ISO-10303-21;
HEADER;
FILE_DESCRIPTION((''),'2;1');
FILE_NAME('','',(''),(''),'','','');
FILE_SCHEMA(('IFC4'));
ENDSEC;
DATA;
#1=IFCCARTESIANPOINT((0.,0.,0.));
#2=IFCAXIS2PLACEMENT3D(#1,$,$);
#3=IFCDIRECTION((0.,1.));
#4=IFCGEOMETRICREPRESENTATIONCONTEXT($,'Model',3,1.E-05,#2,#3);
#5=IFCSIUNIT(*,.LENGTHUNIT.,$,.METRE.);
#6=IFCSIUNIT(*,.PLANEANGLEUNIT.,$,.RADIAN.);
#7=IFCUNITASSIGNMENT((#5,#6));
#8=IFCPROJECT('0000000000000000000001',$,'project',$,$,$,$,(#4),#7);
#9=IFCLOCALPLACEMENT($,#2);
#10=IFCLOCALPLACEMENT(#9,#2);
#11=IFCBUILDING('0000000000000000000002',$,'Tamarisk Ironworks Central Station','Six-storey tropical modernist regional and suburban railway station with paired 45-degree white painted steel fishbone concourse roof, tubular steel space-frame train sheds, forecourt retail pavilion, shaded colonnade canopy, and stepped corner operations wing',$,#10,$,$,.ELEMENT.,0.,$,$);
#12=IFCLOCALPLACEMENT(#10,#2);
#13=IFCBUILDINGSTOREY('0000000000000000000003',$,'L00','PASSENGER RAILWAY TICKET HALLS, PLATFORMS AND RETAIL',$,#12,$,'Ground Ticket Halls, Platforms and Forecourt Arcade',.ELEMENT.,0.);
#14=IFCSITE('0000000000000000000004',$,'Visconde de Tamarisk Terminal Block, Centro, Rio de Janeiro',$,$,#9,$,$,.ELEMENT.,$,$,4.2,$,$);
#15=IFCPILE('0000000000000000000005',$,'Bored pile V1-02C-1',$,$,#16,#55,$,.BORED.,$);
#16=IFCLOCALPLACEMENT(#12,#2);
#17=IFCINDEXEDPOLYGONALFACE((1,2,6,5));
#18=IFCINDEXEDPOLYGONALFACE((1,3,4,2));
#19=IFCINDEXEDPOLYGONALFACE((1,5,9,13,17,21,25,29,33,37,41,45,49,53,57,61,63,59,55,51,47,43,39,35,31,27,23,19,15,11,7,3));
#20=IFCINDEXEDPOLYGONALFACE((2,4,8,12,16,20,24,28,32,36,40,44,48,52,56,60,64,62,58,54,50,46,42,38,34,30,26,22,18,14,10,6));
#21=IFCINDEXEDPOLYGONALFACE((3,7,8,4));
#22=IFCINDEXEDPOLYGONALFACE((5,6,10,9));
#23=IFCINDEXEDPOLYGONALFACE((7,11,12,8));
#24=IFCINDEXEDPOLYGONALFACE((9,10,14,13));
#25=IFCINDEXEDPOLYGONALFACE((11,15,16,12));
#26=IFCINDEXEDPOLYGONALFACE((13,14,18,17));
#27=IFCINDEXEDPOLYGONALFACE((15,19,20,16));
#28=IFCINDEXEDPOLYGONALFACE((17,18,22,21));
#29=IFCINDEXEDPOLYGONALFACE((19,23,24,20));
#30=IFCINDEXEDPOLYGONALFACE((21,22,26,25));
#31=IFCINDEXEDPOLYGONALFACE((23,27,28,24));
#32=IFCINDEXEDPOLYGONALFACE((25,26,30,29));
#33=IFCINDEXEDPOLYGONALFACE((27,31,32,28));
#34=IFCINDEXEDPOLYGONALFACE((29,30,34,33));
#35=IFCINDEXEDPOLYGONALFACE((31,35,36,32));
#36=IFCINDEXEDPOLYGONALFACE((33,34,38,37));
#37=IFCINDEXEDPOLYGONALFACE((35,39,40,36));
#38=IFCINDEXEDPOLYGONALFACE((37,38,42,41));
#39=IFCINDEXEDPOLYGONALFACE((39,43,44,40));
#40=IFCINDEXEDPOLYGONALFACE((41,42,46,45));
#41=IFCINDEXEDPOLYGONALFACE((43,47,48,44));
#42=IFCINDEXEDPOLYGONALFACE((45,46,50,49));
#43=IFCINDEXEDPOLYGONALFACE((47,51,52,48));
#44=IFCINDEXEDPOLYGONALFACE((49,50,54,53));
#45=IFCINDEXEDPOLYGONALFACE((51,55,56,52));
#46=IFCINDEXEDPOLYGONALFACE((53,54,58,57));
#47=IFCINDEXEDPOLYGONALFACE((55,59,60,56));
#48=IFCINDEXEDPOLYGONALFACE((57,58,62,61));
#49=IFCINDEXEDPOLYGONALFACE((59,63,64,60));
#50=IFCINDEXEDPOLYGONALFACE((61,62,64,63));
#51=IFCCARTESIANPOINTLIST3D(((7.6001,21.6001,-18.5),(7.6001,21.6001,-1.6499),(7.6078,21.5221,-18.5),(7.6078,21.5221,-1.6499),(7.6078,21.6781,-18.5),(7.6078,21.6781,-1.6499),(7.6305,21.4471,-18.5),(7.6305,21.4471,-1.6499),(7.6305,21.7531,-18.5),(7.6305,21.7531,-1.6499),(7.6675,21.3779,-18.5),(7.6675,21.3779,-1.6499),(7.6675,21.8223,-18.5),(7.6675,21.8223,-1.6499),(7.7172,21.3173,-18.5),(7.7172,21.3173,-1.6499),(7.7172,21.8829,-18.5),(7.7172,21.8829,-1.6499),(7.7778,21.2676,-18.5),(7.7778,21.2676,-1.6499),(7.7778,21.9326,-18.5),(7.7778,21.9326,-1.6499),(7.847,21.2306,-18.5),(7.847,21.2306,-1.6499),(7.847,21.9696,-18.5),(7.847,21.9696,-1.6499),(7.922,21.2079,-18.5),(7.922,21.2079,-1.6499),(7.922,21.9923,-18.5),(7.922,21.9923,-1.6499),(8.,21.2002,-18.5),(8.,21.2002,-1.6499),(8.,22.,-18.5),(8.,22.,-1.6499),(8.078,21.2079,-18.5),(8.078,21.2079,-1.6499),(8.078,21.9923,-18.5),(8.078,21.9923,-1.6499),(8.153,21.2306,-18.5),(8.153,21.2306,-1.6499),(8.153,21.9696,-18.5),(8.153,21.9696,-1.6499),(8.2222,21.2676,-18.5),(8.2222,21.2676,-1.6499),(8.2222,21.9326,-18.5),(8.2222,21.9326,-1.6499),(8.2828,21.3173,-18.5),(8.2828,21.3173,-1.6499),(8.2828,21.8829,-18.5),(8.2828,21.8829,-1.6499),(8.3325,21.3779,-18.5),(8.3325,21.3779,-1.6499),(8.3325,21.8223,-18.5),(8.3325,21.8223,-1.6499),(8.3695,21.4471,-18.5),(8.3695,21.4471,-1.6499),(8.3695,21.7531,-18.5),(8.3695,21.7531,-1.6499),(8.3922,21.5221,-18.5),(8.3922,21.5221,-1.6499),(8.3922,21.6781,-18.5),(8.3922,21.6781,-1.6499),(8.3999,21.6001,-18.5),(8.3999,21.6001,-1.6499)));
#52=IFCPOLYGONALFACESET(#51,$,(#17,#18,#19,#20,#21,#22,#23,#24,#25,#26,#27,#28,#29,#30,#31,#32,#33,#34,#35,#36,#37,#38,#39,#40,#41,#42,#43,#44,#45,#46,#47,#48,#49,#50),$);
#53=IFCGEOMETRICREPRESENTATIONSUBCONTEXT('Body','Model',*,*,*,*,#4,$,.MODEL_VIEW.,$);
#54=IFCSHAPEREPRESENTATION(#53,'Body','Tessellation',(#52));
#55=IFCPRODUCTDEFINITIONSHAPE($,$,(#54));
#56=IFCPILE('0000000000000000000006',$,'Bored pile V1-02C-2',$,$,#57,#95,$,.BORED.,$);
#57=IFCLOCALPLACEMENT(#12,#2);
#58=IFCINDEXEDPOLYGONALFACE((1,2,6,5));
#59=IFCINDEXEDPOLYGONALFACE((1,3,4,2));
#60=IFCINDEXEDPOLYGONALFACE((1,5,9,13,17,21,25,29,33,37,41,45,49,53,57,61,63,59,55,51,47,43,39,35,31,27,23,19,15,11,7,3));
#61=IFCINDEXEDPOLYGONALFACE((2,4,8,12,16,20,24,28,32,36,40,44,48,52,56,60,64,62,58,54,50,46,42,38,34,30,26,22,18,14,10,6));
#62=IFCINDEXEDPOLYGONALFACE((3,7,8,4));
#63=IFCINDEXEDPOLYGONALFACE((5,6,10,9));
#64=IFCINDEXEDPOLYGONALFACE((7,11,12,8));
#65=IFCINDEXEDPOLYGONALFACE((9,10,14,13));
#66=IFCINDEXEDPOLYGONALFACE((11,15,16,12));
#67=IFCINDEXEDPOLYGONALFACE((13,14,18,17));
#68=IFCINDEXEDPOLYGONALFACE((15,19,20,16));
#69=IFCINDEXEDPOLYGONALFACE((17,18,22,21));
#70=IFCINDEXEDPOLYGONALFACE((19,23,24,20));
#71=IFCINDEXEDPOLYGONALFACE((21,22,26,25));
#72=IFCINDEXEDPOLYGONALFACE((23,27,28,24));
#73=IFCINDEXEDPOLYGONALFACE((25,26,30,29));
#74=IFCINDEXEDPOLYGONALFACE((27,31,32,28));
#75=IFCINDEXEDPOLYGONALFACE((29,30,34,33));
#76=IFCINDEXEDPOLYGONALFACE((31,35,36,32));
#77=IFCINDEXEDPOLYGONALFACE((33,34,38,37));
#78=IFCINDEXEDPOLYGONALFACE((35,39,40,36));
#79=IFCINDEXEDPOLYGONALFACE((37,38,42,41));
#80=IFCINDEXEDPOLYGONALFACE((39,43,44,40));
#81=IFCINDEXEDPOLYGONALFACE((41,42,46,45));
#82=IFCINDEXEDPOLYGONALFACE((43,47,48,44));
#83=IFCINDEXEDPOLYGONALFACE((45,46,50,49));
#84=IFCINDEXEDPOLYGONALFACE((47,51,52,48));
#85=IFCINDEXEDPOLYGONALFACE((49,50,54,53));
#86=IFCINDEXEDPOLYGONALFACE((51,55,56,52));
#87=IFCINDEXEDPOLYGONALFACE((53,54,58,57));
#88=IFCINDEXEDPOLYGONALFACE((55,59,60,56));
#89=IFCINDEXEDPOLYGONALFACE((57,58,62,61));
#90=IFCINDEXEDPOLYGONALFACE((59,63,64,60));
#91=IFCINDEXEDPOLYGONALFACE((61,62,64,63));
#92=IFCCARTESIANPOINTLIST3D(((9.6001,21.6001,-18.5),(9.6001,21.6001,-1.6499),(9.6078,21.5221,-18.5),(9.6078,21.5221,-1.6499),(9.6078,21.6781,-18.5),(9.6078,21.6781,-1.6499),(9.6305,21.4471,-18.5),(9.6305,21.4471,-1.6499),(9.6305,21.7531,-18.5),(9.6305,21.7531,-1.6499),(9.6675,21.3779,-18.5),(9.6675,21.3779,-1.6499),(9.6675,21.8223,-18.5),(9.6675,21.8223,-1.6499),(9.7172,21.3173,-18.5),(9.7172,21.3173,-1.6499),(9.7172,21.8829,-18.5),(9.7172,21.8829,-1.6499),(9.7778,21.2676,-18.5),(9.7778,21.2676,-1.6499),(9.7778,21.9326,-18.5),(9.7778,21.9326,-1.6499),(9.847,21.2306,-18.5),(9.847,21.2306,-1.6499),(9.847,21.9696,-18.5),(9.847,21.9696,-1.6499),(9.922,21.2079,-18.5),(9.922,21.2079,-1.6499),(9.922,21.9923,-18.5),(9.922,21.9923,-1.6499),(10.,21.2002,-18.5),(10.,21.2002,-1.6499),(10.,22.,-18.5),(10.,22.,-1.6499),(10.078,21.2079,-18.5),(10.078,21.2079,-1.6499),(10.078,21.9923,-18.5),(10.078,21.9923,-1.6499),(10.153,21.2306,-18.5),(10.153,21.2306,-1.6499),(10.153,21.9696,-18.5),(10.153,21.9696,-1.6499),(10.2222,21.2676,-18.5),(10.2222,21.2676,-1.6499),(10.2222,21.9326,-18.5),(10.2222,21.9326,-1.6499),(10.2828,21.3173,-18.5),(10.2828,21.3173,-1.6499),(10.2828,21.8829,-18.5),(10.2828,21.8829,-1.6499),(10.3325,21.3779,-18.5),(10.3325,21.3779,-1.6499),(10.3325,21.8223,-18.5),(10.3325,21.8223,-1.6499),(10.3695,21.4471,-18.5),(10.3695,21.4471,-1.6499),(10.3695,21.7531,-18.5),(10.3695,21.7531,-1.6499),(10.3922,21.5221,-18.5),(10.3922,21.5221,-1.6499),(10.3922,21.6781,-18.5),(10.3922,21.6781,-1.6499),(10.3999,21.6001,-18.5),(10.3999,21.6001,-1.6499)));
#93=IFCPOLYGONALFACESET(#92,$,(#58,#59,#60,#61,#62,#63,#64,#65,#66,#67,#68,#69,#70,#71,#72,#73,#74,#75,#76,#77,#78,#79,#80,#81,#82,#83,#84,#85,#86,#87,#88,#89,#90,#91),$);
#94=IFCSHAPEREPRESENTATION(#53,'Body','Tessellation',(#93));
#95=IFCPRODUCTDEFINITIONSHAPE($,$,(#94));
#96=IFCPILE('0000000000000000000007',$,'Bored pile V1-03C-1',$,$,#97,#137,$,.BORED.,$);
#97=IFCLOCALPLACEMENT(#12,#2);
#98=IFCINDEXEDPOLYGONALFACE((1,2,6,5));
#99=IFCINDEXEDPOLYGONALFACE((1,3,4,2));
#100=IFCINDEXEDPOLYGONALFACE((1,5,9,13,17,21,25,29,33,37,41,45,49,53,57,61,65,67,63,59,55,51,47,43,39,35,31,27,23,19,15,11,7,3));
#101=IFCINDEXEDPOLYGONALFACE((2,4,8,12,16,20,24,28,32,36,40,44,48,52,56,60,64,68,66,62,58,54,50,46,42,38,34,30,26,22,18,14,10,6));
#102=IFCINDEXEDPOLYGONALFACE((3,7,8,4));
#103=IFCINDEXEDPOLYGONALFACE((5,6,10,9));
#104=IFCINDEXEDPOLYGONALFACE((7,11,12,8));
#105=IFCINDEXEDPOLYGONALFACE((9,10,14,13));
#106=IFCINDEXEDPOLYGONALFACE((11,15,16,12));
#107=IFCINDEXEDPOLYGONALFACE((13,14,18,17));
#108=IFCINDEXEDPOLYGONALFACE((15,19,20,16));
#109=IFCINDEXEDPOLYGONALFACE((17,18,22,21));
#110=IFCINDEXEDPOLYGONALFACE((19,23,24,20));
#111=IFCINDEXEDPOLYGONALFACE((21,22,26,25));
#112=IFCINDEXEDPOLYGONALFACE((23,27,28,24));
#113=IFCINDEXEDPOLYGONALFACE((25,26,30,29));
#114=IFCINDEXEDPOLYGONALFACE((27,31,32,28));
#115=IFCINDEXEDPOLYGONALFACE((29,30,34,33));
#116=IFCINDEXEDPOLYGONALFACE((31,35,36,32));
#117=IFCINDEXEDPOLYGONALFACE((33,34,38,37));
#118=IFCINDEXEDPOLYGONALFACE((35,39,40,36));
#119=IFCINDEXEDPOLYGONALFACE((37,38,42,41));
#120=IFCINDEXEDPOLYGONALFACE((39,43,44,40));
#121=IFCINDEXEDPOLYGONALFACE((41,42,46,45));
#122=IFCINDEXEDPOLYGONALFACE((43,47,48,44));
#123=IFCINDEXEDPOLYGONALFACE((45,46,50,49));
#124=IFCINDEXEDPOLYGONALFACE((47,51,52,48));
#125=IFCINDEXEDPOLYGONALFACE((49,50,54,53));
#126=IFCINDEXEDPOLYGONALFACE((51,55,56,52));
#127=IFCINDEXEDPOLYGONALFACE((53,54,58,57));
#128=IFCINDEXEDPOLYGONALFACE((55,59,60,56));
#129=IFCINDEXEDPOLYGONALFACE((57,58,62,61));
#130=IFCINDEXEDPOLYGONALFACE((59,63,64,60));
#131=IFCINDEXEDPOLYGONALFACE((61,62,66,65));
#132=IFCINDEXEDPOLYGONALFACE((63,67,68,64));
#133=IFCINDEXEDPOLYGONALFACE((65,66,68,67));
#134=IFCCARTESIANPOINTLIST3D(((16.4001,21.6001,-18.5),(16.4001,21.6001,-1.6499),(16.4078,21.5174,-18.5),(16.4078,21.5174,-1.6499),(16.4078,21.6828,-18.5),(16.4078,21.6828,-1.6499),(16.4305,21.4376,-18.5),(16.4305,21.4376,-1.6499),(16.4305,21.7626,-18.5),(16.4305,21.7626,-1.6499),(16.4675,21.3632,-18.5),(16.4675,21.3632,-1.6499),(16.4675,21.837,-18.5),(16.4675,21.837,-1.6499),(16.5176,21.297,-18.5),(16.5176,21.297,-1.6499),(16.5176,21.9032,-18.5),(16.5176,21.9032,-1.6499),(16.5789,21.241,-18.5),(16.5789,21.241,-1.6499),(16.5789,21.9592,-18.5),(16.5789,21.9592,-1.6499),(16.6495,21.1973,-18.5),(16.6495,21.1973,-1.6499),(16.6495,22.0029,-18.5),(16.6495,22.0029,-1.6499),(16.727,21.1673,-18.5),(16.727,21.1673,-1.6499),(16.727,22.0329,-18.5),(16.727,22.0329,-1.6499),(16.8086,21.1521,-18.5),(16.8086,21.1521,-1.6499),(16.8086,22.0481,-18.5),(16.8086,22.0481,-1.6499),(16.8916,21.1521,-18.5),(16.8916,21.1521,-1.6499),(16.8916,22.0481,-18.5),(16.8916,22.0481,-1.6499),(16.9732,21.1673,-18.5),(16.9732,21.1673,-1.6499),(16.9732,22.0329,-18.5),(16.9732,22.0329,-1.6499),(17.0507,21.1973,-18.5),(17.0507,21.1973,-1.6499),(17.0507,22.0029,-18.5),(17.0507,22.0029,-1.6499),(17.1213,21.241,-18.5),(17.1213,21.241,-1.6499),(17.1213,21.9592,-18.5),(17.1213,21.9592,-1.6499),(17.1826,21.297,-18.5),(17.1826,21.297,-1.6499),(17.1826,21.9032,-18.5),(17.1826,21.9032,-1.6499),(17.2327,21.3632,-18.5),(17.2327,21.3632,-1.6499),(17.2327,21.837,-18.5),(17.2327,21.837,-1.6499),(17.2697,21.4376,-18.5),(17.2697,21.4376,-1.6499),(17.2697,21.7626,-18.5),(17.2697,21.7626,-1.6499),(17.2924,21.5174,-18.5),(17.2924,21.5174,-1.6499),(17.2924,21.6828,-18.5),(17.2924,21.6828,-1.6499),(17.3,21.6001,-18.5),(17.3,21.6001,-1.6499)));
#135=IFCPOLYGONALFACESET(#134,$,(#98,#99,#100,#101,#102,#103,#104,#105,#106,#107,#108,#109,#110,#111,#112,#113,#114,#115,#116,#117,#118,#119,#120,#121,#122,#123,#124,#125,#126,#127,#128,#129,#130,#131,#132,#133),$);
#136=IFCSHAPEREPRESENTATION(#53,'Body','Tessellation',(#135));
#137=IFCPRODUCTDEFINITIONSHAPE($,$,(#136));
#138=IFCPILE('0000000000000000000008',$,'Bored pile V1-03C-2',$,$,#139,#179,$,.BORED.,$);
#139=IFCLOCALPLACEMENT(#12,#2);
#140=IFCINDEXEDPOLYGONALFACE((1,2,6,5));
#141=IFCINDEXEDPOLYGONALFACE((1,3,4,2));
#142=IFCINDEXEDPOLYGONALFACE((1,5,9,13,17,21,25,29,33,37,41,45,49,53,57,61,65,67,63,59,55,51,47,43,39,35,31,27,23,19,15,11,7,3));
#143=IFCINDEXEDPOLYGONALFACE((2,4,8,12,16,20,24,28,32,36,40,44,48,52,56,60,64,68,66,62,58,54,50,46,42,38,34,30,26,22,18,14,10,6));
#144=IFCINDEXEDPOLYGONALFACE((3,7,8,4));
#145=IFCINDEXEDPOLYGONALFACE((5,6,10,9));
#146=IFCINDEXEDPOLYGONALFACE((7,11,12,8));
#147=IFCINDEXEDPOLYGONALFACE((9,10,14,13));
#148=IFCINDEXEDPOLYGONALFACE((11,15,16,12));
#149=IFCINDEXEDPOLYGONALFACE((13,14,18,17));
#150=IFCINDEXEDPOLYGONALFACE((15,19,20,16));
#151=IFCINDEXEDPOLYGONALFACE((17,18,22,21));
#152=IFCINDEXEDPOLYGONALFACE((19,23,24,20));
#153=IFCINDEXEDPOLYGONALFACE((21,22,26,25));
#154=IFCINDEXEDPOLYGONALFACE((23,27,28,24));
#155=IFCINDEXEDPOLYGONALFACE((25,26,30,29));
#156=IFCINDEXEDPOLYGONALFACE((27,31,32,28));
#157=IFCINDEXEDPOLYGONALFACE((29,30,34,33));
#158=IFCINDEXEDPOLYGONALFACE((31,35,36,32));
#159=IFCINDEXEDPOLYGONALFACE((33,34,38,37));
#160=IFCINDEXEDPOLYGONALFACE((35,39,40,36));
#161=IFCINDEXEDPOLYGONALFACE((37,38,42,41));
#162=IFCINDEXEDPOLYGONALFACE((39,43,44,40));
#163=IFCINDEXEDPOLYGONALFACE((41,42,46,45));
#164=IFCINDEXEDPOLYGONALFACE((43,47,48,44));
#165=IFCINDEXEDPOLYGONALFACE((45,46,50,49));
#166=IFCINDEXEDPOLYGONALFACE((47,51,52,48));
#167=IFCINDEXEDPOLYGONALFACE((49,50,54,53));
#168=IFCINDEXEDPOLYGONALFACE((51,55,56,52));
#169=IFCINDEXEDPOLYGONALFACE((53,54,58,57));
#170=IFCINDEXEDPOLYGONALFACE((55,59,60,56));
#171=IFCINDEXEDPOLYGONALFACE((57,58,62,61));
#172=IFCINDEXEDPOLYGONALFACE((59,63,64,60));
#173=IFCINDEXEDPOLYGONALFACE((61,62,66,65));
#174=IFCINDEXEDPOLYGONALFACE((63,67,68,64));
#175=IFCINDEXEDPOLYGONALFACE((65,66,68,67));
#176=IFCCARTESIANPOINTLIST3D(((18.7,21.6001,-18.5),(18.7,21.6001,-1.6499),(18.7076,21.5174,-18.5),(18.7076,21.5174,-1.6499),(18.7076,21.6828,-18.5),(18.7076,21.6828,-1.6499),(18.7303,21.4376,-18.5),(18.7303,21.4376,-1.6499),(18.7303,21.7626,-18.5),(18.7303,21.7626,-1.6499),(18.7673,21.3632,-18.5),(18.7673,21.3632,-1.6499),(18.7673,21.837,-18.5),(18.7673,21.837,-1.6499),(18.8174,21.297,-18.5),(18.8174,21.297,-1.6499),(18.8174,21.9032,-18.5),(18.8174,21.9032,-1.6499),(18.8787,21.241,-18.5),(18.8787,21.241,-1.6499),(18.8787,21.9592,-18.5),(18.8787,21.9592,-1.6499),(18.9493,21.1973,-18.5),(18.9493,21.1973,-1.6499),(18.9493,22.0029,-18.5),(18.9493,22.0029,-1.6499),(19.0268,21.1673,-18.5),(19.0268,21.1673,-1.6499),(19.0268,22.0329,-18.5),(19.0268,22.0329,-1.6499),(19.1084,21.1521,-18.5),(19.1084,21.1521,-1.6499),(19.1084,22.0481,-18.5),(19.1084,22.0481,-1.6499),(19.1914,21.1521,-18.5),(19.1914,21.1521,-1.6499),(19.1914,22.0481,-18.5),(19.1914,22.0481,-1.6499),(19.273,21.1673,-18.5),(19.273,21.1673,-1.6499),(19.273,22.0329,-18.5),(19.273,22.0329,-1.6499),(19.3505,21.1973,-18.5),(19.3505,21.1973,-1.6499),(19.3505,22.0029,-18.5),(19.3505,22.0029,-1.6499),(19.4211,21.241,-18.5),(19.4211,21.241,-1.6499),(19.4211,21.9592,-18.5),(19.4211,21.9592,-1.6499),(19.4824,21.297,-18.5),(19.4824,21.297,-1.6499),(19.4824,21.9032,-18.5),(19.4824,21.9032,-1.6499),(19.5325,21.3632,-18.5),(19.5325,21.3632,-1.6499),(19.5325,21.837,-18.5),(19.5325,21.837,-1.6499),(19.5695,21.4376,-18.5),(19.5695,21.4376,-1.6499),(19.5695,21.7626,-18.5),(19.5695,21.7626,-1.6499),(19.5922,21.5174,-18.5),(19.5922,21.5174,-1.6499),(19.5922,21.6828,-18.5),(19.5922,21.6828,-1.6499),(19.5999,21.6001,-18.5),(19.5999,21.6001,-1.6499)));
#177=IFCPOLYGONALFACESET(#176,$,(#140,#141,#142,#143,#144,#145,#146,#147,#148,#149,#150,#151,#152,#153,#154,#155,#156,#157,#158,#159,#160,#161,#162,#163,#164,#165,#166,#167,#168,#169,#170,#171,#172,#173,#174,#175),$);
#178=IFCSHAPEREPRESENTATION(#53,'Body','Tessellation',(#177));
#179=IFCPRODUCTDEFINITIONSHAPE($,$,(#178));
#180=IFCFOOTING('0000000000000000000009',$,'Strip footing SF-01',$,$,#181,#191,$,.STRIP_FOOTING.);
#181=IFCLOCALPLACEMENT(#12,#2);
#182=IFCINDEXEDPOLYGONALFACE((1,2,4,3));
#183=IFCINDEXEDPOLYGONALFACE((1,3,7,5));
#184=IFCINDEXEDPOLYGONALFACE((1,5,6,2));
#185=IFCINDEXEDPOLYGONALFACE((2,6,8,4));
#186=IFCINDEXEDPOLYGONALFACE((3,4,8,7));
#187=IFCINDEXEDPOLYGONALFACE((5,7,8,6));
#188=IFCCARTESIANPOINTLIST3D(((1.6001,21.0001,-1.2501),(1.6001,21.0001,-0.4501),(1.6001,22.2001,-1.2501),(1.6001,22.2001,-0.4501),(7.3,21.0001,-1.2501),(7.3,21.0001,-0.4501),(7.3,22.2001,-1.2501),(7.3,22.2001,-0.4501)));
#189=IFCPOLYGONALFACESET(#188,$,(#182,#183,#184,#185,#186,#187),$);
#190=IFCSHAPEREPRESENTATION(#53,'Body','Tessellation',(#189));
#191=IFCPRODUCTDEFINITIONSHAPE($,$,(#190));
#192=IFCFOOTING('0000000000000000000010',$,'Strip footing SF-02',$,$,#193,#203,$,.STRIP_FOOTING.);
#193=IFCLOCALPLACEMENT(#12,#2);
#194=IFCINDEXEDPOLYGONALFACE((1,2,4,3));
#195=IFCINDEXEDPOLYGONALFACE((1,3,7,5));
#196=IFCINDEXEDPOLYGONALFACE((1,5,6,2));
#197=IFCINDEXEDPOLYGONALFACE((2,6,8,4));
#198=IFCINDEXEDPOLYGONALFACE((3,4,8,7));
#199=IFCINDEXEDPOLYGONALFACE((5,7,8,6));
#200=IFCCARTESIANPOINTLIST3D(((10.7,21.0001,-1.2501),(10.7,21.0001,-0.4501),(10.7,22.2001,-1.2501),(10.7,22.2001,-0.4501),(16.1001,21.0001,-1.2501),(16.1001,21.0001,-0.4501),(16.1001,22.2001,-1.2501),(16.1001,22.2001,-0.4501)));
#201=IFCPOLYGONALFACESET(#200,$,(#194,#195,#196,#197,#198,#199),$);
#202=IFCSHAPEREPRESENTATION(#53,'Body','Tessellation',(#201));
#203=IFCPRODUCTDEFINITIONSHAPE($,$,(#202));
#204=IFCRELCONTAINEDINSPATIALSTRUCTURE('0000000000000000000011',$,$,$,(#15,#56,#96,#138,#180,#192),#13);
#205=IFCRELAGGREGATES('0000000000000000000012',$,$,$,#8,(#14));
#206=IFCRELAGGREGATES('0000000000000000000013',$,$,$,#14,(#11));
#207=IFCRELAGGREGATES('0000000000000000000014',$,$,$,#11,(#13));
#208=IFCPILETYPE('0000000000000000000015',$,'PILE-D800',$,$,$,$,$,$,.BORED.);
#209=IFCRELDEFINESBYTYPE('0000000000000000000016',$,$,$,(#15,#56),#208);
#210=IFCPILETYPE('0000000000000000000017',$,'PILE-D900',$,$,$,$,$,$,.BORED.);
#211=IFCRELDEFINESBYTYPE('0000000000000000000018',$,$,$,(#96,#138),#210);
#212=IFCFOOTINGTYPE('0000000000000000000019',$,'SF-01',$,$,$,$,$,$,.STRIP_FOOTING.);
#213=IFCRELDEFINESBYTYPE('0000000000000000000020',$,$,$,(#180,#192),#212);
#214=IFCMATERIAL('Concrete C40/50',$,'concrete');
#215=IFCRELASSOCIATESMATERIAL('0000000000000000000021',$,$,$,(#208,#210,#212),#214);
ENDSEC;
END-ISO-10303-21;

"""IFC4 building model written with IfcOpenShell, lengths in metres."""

from ifc_helpers import new_model, si_unit, direction, frame, origin, origin_2d, place, context, subcontext, project, spatial, rectangle, circle, extrude, material, material_profile, profile_set, type_object, element, save


model = new_model("IFC4")

# Units and contexts
model_context = context("Model", 3, precision=1e-05, world=origin(), true_north=direction((0.0, 1.0)))
body_context = subcontext(model_context, "Body", "Model", "MODEL_VIEW")
ifc_project = project(units=[si_unit("LENGTHUNIT", "METRE"), si_unit("PLANEANGLEUNIT", "RADIAN")], contexts=[model_context])

# Site, building, storey
site_placement = place(None, origin())
site = spatial("IfcSite", under=ifc_project, at=site_placement, Name="Visconde de Tamarisk Terminal Block, Centro, Rio de Janeiro", CompositionType="ELEMENT", RefElevation=4.2)
building_placement = place(site_placement, origin())
building = spatial("IfcBuilding", under=site, at=building_placement, Name="Tamarisk Ironworks Central Station", Description="Six-storey tropical modernist regional and suburban railway station with paired 45-degree white painted steel fishbone concourse roof, tubular steel space-frame train sheds, forecourt retail pavilion, shaded colonnade canopy, and stepped corner operations wing", CompositionType="ELEMENT", ElevationOfRefHeight=0.0)
storey_placement = place(building_placement, origin())
storey = spatial("IfcBuildingStorey", under=building, at=storey_placement, Name="L00", Description="PASSENGER RAILWAY TICKET HALLS, PLATFORMS AND RETAIL", LongName="Ground Ticket Halls, Platforms and Forecourt Arcade", CompositionType="ELEMENT", Elevation=0.0)

# Shared definitions
ifc_material_1 = material(Name="Concrete C40/50", Category="concrete")

# Piles
ifc_material_profile_1 = material_profile(ifc_material_1, circle(Radius=0.3999, at=origin_2d()), Name="BORED PILE D800")
ifc_profile_set_1 = profile_set([ifc_material_profile_1], Name="Concrete C40/50")
pile_type_1 = type_object("IfcPileType", Name="PILE-D800", PredefinedType="BORED", material=ifc_profile_set_1)
for number, where, z_axis, x_axis, name in (
    (1, (8.0, 21.6001, -1.6499), (0.0, 0.0, -1.0), (1.0, 0.0, 0.0), "Bored pile V1-02C-1"),
    (2, (10.0, 21.6001, -1.6499), (0.0, 0.0, -1.0), (1.0, 0.0, 0.0), "Bored pile V1-02C-2"),
):
    element("IfcPile", number, at=place(storey_placement, frame(where, z_axis=z_axis, x_axis=x_axis)), inside=storey, type_object=pile_type_1, Name=name, PredefinedType="BORED", context=body_context, shape_type="SweptSolid", body=[
        extrude(circle(Radius=0.3999, at=origin_2d()), origin(), (0.0, 0.0, 1.0), 16.8501),
    ])
ifc_material_profile_2 = material_profile(ifc_material_1, circle(Radius=0.45, at=origin_2d()), Name="BORED PILE D900")
ifc_profile_set_2 = profile_set([ifc_material_profile_2], Name="Concrete C40/50")
pile_type_2 = type_object("IfcPileType", Name="PILE-D900", PredefinedType="BORED", material=ifc_profile_set_2)
for number, where, z_axis, x_axis, name in (
    (3, (16.8501, 21.6001, -1.6499), (0.0, 0.0, -1.0), (1.0, 0.0, 0.0), "Bored pile V1-03C-1"),
    (4, (19.1499, 21.6001, -1.6499), (0.0, 0.0, -1.0), (1.0, 0.0, 0.0), "Bored pile V1-03C-2"),
):
    element("IfcPile", number, at=place(storey_placement, frame(where, z_axis=z_axis, x_axis=x_axis)), inside=storey, type_object=pile_type_2, Name=name, PredefinedType="BORED", context=body_context, shape_type="SweptSolid", body=[
        extrude(circle(Radius=0.45, at=origin_2d()), origin(), (0.0, 0.0, 1.0), 16.8501),
    ])

# Footings
ifc_material_profile_3 = material_profile(ifc_material_1, rectangle(XDim=1.2, YDim=0.8, at=origin_2d()), Name="SF01 1200x800")
ifc_profile_set_3 = profile_set([ifc_material_profile_3], Name="Concrete C40/50")
footing_type_1 = type_object("IfcFootingType", Name="SF-01", PredefinedType="STRIP_FOOTING", material=ifc_profile_set_3)
footing_1_placement = place(storey_placement, frame((1.6001, 21.6001, -0.8501), z_axis=(1.0, 0.0, 0.0), x_axis=(0.0, 1.0, 0.0)))
element("IfcFooting", 5, at=footing_1_placement, inside=storey, type_object=footing_type_1, Name="Strip footing SF-01", PredefinedType="STRIP_FOOTING", context=body_context, shape_type="SweptSolid", body=[
    extrude(rectangle(XDim=1.2, YDim=0.8, at=origin_2d()), origin(), (0.0, 0.0, 1.0), 5.7),
])
footing_2_placement = place(storey_placement, frame((10.7, 21.6001, -0.8501), z_axis=(1.0, 0.0, 0.0), x_axis=(0.0, 1.0, 0.0)))
element("IfcFooting", 6, at=footing_2_placement, inside=storey, type_object=footing_type_1, Name="Strip footing SF-02", PredefinedType="STRIP_FOOTING", context=body_context, shape_type="SweptSolid", body=[
    extrude(rectangle(XDim=1.2, YDim=0.8, at=origin_2d()), origin(), (0.0, 0.0, 1.0), 5.4001),
])

save(model, "model.ifc")
